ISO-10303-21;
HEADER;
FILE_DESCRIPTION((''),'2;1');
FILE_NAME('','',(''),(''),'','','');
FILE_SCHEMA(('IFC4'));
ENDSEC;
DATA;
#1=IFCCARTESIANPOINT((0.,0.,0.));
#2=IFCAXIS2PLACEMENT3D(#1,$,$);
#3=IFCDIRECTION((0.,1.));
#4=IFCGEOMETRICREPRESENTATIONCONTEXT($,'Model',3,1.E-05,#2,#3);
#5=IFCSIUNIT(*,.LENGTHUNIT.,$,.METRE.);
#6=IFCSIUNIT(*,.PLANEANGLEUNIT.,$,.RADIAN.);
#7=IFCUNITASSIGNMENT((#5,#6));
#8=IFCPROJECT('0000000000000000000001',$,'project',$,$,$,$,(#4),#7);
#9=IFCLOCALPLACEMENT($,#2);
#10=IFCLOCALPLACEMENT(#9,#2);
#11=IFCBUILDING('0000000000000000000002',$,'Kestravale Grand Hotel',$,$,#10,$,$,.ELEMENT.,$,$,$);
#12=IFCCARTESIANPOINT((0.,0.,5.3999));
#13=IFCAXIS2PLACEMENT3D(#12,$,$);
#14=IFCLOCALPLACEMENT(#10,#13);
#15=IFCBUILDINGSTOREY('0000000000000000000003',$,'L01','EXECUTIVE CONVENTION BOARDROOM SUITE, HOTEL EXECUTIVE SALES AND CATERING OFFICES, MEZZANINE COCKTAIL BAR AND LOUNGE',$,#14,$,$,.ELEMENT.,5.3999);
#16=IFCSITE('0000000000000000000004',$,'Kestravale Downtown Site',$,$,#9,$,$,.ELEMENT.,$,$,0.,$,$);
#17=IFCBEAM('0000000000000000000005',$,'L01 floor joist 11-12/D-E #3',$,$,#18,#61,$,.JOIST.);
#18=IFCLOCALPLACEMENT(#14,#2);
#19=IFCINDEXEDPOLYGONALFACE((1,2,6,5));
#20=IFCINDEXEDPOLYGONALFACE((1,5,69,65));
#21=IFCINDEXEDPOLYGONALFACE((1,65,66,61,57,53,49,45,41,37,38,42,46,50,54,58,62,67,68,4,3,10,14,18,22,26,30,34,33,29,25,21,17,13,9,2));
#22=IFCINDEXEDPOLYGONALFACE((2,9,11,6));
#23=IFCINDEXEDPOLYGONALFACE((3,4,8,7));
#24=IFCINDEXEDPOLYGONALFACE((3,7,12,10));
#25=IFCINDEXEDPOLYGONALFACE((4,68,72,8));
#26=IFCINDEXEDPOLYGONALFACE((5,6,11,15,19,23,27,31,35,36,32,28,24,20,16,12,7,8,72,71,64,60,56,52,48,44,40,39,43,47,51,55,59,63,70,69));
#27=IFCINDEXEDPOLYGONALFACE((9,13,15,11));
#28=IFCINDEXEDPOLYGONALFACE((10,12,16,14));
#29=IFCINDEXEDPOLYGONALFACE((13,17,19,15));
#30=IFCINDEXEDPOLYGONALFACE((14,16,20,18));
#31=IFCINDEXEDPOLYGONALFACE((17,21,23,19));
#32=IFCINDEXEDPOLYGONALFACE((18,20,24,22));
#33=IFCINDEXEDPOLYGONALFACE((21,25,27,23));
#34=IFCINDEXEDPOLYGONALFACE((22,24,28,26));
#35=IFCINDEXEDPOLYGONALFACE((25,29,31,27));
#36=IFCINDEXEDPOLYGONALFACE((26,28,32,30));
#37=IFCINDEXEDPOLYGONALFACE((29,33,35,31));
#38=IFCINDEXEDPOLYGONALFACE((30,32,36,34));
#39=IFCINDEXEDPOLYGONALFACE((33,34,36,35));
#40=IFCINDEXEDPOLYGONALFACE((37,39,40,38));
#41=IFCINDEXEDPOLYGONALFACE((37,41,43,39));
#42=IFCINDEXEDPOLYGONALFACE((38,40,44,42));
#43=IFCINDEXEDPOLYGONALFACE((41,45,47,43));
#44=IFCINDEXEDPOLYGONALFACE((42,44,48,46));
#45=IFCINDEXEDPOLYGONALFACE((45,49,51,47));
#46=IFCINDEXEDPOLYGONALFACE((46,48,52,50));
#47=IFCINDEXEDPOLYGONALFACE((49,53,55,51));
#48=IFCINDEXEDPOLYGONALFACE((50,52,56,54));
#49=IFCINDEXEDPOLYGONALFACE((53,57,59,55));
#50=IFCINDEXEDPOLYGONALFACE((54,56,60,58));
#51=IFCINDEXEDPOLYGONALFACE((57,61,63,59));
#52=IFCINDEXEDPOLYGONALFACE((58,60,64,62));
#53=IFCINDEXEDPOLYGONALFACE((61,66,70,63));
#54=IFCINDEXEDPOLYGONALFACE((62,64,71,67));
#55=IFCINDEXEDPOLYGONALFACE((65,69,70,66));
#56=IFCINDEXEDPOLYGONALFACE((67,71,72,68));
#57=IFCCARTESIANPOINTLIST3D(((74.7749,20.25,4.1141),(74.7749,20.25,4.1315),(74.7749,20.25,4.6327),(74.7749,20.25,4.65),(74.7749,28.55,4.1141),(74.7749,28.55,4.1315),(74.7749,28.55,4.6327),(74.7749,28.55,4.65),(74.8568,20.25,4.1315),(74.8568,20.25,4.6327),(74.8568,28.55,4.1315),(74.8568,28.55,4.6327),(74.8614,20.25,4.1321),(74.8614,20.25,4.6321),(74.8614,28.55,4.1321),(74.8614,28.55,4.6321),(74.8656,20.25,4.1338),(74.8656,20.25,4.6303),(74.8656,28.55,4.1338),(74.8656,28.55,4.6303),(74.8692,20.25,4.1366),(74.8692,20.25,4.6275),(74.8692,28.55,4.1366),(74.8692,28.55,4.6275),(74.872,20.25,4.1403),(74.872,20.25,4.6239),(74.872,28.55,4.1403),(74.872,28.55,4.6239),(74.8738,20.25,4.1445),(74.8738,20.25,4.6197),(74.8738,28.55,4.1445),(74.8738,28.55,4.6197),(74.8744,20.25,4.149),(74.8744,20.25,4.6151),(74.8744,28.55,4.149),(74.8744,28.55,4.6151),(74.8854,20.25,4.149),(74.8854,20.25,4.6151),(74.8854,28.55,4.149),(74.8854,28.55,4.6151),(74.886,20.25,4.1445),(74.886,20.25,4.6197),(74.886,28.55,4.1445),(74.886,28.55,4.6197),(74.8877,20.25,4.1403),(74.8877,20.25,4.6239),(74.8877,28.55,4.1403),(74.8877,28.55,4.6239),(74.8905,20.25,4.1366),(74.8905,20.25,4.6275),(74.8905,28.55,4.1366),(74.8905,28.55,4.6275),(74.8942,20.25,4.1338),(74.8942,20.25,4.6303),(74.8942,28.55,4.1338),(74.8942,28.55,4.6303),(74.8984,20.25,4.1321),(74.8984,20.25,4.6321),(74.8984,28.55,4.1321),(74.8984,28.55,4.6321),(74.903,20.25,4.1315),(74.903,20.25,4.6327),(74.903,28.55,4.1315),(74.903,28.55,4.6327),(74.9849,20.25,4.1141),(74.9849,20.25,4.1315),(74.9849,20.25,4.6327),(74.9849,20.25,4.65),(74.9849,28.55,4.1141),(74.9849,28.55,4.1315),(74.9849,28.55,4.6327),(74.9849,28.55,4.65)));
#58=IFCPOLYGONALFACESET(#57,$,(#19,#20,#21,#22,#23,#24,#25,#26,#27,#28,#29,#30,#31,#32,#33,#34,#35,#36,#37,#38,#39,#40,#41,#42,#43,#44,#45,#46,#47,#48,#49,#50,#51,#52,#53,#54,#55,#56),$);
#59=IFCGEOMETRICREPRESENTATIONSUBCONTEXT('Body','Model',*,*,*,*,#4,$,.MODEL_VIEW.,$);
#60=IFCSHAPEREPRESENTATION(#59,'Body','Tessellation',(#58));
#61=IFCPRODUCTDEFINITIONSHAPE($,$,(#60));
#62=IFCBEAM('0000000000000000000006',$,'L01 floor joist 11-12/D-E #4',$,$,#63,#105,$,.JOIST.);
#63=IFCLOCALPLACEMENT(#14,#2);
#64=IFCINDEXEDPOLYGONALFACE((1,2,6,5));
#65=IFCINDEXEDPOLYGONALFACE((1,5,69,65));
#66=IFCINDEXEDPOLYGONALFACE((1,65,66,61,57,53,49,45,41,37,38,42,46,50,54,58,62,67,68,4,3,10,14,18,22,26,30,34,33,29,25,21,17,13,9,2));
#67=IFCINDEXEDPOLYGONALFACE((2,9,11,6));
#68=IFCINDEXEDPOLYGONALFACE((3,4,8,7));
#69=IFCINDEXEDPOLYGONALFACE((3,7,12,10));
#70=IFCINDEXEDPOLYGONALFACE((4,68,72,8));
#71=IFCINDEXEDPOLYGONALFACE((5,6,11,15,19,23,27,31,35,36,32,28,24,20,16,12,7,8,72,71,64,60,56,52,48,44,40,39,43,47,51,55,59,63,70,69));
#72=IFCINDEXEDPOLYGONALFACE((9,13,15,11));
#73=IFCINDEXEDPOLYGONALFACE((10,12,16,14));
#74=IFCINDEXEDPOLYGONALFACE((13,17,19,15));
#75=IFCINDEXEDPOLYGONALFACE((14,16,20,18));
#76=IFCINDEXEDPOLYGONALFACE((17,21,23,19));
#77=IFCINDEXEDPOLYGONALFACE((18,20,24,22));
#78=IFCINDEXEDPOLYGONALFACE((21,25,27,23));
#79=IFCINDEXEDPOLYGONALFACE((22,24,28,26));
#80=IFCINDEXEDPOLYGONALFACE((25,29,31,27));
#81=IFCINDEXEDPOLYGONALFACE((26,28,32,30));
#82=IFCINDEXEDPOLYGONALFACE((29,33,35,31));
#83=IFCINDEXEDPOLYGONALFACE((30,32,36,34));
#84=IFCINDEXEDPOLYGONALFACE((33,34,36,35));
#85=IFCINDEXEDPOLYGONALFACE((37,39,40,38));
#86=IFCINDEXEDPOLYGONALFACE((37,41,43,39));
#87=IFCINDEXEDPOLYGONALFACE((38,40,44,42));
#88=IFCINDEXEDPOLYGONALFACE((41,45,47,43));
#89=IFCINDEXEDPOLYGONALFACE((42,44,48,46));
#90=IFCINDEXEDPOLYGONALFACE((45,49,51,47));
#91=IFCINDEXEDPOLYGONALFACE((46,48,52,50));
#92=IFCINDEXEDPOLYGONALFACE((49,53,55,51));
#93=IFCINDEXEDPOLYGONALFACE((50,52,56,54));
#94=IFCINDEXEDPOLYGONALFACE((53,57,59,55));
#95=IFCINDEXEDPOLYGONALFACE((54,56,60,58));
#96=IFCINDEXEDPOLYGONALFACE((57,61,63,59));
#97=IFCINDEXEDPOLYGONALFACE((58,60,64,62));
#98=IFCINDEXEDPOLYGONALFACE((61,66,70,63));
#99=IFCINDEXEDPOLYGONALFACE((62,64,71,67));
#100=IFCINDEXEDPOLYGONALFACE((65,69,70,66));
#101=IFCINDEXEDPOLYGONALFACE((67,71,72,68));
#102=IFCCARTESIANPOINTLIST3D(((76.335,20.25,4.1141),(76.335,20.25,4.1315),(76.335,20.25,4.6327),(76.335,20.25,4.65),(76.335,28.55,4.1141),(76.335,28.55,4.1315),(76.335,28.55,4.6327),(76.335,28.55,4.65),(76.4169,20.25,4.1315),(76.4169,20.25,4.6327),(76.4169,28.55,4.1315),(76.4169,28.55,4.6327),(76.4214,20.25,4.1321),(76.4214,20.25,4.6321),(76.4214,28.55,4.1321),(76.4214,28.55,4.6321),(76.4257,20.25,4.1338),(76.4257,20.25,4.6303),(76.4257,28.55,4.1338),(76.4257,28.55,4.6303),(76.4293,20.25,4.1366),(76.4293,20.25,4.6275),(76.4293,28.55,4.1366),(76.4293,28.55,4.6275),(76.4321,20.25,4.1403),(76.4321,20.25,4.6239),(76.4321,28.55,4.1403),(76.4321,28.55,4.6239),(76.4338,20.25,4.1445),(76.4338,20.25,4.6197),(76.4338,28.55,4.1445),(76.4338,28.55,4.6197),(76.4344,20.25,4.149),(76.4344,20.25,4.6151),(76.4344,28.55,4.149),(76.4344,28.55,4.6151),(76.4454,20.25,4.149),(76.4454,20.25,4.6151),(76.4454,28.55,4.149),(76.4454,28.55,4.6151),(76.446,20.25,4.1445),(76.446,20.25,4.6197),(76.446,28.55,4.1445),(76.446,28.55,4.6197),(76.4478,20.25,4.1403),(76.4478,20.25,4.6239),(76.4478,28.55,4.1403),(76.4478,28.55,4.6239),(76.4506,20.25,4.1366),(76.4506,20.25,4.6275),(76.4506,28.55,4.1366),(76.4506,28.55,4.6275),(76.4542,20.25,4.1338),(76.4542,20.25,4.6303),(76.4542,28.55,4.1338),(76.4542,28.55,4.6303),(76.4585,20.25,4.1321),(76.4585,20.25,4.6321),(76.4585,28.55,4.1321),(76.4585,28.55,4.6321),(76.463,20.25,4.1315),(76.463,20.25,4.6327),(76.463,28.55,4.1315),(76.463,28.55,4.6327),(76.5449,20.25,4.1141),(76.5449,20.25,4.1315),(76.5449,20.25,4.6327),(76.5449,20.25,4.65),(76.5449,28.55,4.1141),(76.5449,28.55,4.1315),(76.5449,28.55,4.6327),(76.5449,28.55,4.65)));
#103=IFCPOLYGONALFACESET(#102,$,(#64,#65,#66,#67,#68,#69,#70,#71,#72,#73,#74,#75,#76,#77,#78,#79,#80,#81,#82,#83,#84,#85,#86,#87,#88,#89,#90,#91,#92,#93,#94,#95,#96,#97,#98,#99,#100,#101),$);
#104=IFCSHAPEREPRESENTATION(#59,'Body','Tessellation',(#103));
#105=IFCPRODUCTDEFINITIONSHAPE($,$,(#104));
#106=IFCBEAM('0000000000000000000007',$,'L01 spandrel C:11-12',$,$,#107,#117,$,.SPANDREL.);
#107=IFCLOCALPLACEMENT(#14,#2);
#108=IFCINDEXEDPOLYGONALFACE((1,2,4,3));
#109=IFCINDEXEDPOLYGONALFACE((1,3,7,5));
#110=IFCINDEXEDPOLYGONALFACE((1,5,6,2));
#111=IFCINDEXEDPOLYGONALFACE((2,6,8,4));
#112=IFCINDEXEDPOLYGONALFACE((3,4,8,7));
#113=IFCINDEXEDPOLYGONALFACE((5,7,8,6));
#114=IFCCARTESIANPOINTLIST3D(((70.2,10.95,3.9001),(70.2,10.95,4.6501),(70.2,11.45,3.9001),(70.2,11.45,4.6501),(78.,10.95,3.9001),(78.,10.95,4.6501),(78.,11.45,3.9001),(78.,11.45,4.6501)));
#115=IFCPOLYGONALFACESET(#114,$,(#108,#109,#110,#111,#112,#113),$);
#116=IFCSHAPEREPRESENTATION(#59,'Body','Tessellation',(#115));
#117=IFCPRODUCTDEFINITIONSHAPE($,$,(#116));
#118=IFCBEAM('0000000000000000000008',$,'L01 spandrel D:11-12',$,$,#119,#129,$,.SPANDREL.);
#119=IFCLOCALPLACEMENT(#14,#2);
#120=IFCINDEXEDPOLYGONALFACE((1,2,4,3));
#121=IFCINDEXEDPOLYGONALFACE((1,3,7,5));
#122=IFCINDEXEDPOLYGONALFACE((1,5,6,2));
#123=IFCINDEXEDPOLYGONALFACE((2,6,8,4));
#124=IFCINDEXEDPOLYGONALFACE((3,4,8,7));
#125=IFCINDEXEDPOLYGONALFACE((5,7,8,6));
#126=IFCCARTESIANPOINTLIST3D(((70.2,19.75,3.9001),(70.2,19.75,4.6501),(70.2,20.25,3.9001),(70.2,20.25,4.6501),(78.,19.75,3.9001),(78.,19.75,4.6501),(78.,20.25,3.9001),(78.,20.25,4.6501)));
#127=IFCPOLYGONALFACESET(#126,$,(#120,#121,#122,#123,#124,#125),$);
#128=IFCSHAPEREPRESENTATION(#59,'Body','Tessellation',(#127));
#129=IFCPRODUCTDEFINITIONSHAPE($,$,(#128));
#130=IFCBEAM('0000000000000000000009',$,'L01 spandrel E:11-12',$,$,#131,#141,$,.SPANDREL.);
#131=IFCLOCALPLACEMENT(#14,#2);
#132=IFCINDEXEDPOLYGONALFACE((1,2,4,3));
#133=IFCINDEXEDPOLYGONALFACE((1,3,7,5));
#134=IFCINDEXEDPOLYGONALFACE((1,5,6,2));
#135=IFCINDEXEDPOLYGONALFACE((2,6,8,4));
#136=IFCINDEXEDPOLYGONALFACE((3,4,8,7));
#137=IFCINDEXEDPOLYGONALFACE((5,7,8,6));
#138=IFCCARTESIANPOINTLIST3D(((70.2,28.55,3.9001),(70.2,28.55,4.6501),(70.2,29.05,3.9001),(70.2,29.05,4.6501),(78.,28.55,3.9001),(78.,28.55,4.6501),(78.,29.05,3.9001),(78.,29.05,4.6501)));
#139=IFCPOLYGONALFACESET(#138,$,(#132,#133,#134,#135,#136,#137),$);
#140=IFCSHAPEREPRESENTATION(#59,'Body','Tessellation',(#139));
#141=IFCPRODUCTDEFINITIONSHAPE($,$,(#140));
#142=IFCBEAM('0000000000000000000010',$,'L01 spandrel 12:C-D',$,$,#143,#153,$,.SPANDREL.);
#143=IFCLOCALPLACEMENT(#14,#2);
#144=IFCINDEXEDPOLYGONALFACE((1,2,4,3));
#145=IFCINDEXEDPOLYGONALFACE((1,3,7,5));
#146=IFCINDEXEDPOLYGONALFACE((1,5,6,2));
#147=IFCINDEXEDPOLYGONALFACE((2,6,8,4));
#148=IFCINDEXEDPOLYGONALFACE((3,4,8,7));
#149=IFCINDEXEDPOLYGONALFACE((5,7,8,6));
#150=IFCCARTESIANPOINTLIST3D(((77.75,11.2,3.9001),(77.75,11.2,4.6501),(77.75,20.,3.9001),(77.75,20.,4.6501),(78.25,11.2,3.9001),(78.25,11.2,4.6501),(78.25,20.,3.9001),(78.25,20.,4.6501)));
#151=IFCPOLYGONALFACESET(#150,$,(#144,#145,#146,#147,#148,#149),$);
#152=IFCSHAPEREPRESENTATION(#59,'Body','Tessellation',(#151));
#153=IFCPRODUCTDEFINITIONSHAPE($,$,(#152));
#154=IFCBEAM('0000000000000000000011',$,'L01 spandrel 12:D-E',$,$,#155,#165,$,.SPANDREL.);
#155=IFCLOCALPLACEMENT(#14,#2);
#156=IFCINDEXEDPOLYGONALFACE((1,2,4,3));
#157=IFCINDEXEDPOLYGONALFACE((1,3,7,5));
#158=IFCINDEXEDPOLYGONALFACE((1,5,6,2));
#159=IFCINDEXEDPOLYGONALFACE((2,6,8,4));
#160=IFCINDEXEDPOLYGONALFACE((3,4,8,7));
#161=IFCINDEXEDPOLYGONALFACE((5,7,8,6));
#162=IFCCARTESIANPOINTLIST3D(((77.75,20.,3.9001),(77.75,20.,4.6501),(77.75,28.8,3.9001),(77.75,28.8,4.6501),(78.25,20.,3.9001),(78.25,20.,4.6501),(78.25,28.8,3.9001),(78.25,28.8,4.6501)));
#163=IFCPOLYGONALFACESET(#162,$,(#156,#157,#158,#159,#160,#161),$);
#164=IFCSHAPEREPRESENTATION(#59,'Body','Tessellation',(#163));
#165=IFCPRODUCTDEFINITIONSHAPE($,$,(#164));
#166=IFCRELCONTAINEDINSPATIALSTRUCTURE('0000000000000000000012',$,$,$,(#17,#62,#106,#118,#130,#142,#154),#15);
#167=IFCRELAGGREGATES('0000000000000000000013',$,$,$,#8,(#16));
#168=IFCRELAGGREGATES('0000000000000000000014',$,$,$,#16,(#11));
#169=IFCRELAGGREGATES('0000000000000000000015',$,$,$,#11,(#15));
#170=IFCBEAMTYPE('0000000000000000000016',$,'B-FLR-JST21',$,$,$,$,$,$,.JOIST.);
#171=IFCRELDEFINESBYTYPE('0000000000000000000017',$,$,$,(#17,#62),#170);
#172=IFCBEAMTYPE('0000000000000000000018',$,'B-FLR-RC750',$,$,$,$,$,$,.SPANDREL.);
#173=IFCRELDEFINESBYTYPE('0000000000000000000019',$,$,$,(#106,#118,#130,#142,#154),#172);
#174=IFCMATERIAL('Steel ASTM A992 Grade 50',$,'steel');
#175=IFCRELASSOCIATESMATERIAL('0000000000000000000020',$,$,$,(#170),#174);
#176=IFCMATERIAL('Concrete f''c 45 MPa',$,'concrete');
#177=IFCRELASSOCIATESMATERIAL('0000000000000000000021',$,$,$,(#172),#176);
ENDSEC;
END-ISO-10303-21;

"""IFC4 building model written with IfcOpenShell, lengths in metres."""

from ifc_helpers import new_model, si_unit, direction, frame, origin, origin_2d, place, context, subcontext, project, spatial, rectangle, i_section, extrude, material, material_profile, profile_set, type_object, element, save


model = new_model("IFC4")

# Units and contexts
model_context = context("Model", 3, precision=1e-05, world=origin(), true_north=direction((0.0, 1.0)))
body_context = subcontext(model_context, "Body", "Model", "MODEL_VIEW")
ifc_project = project(units=[si_unit("LENGTHUNIT", "METRE"), si_unit("PLANEANGLEUNIT", "RADIAN")], contexts=[model_context])

# Site, building, storey
site_placement = place(None, origin())
site = spatial("IfcSite", under=ifc_project, at=site_placement, Name="Kestravale Downtown Site", CompositionType="ELEMENT", RefElevation=0.0)
building_placement = place(site_placement, origin())
building = spatial("IfcBuilding", under=site, at=building_placement, Name="Kestravale Grand Hotel", CompositionType="ELEMENT")
storey_placement = place(building_placement, frame((0.0, 0.0, 5.3999)))
storey = spatial("IfcBuildingStorey", under=building, at=storey_placement, Name="L01", Description="EXECUTIVE CONVENTION BOARDROOM SUITE, HOTEL EXECUTIVE SALES AND CATERING OFFICES, MEZZANINE COCKTAIL BAR AND LOUNGE", CompositionType="ELEMENT", Elevation=5.3999)

# Beams
ifc_material_1 = material(Name="Steel ASTM A992 Grade 50", Category="steel")
ifc_material_profile_1 = material_profile(ifc_material_1, i_section(OverallWidth=0.21, OverallDepth=0.5359, WebThickness=0.011, FlangeThickness=0.0173, FilletRadius=0.0176, at=origin_2d()))
ifc_profile_set_1 = profile_set([ifc_material_profile_1], Name="Steel ASTM A992 Grade 50")
beam_type_1 = type_object("IfcBeamType", Name="B-FLR-JST21", PredefinedType="JOIST", material=ifc_profile_set_1)
for number, where, z_axis, x_axis, name in (
    (1, (74.8799, 20.25, 4.3821), (0.0, 1.0, 0.0), (-1.0, 0.0, 0.0), "L01 floor joist 11-12/D-E #3"),
    (2, (76.4399, 20.25, 4.3821), (0.0, 1.0, 0.0), (-1.0, 0.0, 0.0), "L01 floor joist 11-12/D-E #4"),
):
    element("IfcBeam", number, at=place(storey_placement, frame(where, z_axis=z_axis, x_axis=x_axis)), inside=storey, type_object=beam_type_1, Name=name, PredefinedType="JOIST", context=body_context, shape_type="SweptSolid", body=[
        extrude(i_section(OverallWidth=0.21, OverallDepth=0.5359, WebThickness=0.011, FlangeThickness=0.0173, FilletRadius=0.0176, at=origin_2d()), origin(), (0.0, 0.0, 1.0), 8.3),
    ])
ifc_material_2 = material(Name="Concrete f'c 45 MPa", Category="concrete")
ifc_material_profile_2 = material_profile(ifc_material_2, rectangle(XDim=0.5, YDim=0.75, at=origin_2d()))
ifc_profile_set_2 = profile_set([ifc_material_profile_2], Name="Concrete f'c 45 MPa")
beam_type_2 = type_object("IfcBeamType", Name="B-FLR-RC750", PredefinedType="SPANDREL", material=ifc_profile_set_2)
for number, where, z_axis, x_axis, name in (
    (3, (70.2, 11.2, 4.2751), (1.0, 0.0, 0.0), (0.0, 1.0, 0.0), "L01 spandrel C:11-12"),
    (4, (70.2, 20.0, 4.2751), (1.0, 0.0, 0.0), (0.0, 1.0, 0.0), "L01 spandrel D:11-12"),
    (5, (70.2, 28.8, 4.2751), (1.0, 0.0, 0.0), (0.0, 1.0, 0.0), "L01 spandrel E:11-12"),
):
    element("IfcBeam", number, at=place(storey_placement, frame(where, z_axis=z_axis, x_axis=x_axis)), inside=storey, type_object=beam_type_2, Name=name, PredefinedType="SPANDREL", context=body_context, shape_type="SweptSolid", body=[
        extrude(rectangle(XDim=0.5, YDim=0.75, at=origin_2d()), origin(), (0.0, 0.0, 1.0), 7.8),
    ])
for number, where, z_axis, x_axis, name in (
    (6, (78.0, 11.2, 4.2751), (0.0, 1.0, 0.0), (-1.0, 0.0, 0.0), "L01 spandrel 12:C-D"),
    (7, (78.0, 20.0, 4.2751), (0.0, 1.0, 0.0), (-1.0, 0.0, 0.0), "L01 spandrel 12:D-E"),
):
    element("IfcBeam", number, at=place(storey_placement, frame(where, z_axis=z_axis, x_axis=x_axis)), inside=storey, type_object=beam_type_2, Name=name, PredefinedType="SPANDREL", context=body_context, shape_type="SweptSolid", body=[
        extrude(rectangle(XDim=0.5, YDim=0.75, at=origin_2d()), origin(), (0.0, 0.0, 1.0), 8.8),
    ])

save(model, "model.ifc")
